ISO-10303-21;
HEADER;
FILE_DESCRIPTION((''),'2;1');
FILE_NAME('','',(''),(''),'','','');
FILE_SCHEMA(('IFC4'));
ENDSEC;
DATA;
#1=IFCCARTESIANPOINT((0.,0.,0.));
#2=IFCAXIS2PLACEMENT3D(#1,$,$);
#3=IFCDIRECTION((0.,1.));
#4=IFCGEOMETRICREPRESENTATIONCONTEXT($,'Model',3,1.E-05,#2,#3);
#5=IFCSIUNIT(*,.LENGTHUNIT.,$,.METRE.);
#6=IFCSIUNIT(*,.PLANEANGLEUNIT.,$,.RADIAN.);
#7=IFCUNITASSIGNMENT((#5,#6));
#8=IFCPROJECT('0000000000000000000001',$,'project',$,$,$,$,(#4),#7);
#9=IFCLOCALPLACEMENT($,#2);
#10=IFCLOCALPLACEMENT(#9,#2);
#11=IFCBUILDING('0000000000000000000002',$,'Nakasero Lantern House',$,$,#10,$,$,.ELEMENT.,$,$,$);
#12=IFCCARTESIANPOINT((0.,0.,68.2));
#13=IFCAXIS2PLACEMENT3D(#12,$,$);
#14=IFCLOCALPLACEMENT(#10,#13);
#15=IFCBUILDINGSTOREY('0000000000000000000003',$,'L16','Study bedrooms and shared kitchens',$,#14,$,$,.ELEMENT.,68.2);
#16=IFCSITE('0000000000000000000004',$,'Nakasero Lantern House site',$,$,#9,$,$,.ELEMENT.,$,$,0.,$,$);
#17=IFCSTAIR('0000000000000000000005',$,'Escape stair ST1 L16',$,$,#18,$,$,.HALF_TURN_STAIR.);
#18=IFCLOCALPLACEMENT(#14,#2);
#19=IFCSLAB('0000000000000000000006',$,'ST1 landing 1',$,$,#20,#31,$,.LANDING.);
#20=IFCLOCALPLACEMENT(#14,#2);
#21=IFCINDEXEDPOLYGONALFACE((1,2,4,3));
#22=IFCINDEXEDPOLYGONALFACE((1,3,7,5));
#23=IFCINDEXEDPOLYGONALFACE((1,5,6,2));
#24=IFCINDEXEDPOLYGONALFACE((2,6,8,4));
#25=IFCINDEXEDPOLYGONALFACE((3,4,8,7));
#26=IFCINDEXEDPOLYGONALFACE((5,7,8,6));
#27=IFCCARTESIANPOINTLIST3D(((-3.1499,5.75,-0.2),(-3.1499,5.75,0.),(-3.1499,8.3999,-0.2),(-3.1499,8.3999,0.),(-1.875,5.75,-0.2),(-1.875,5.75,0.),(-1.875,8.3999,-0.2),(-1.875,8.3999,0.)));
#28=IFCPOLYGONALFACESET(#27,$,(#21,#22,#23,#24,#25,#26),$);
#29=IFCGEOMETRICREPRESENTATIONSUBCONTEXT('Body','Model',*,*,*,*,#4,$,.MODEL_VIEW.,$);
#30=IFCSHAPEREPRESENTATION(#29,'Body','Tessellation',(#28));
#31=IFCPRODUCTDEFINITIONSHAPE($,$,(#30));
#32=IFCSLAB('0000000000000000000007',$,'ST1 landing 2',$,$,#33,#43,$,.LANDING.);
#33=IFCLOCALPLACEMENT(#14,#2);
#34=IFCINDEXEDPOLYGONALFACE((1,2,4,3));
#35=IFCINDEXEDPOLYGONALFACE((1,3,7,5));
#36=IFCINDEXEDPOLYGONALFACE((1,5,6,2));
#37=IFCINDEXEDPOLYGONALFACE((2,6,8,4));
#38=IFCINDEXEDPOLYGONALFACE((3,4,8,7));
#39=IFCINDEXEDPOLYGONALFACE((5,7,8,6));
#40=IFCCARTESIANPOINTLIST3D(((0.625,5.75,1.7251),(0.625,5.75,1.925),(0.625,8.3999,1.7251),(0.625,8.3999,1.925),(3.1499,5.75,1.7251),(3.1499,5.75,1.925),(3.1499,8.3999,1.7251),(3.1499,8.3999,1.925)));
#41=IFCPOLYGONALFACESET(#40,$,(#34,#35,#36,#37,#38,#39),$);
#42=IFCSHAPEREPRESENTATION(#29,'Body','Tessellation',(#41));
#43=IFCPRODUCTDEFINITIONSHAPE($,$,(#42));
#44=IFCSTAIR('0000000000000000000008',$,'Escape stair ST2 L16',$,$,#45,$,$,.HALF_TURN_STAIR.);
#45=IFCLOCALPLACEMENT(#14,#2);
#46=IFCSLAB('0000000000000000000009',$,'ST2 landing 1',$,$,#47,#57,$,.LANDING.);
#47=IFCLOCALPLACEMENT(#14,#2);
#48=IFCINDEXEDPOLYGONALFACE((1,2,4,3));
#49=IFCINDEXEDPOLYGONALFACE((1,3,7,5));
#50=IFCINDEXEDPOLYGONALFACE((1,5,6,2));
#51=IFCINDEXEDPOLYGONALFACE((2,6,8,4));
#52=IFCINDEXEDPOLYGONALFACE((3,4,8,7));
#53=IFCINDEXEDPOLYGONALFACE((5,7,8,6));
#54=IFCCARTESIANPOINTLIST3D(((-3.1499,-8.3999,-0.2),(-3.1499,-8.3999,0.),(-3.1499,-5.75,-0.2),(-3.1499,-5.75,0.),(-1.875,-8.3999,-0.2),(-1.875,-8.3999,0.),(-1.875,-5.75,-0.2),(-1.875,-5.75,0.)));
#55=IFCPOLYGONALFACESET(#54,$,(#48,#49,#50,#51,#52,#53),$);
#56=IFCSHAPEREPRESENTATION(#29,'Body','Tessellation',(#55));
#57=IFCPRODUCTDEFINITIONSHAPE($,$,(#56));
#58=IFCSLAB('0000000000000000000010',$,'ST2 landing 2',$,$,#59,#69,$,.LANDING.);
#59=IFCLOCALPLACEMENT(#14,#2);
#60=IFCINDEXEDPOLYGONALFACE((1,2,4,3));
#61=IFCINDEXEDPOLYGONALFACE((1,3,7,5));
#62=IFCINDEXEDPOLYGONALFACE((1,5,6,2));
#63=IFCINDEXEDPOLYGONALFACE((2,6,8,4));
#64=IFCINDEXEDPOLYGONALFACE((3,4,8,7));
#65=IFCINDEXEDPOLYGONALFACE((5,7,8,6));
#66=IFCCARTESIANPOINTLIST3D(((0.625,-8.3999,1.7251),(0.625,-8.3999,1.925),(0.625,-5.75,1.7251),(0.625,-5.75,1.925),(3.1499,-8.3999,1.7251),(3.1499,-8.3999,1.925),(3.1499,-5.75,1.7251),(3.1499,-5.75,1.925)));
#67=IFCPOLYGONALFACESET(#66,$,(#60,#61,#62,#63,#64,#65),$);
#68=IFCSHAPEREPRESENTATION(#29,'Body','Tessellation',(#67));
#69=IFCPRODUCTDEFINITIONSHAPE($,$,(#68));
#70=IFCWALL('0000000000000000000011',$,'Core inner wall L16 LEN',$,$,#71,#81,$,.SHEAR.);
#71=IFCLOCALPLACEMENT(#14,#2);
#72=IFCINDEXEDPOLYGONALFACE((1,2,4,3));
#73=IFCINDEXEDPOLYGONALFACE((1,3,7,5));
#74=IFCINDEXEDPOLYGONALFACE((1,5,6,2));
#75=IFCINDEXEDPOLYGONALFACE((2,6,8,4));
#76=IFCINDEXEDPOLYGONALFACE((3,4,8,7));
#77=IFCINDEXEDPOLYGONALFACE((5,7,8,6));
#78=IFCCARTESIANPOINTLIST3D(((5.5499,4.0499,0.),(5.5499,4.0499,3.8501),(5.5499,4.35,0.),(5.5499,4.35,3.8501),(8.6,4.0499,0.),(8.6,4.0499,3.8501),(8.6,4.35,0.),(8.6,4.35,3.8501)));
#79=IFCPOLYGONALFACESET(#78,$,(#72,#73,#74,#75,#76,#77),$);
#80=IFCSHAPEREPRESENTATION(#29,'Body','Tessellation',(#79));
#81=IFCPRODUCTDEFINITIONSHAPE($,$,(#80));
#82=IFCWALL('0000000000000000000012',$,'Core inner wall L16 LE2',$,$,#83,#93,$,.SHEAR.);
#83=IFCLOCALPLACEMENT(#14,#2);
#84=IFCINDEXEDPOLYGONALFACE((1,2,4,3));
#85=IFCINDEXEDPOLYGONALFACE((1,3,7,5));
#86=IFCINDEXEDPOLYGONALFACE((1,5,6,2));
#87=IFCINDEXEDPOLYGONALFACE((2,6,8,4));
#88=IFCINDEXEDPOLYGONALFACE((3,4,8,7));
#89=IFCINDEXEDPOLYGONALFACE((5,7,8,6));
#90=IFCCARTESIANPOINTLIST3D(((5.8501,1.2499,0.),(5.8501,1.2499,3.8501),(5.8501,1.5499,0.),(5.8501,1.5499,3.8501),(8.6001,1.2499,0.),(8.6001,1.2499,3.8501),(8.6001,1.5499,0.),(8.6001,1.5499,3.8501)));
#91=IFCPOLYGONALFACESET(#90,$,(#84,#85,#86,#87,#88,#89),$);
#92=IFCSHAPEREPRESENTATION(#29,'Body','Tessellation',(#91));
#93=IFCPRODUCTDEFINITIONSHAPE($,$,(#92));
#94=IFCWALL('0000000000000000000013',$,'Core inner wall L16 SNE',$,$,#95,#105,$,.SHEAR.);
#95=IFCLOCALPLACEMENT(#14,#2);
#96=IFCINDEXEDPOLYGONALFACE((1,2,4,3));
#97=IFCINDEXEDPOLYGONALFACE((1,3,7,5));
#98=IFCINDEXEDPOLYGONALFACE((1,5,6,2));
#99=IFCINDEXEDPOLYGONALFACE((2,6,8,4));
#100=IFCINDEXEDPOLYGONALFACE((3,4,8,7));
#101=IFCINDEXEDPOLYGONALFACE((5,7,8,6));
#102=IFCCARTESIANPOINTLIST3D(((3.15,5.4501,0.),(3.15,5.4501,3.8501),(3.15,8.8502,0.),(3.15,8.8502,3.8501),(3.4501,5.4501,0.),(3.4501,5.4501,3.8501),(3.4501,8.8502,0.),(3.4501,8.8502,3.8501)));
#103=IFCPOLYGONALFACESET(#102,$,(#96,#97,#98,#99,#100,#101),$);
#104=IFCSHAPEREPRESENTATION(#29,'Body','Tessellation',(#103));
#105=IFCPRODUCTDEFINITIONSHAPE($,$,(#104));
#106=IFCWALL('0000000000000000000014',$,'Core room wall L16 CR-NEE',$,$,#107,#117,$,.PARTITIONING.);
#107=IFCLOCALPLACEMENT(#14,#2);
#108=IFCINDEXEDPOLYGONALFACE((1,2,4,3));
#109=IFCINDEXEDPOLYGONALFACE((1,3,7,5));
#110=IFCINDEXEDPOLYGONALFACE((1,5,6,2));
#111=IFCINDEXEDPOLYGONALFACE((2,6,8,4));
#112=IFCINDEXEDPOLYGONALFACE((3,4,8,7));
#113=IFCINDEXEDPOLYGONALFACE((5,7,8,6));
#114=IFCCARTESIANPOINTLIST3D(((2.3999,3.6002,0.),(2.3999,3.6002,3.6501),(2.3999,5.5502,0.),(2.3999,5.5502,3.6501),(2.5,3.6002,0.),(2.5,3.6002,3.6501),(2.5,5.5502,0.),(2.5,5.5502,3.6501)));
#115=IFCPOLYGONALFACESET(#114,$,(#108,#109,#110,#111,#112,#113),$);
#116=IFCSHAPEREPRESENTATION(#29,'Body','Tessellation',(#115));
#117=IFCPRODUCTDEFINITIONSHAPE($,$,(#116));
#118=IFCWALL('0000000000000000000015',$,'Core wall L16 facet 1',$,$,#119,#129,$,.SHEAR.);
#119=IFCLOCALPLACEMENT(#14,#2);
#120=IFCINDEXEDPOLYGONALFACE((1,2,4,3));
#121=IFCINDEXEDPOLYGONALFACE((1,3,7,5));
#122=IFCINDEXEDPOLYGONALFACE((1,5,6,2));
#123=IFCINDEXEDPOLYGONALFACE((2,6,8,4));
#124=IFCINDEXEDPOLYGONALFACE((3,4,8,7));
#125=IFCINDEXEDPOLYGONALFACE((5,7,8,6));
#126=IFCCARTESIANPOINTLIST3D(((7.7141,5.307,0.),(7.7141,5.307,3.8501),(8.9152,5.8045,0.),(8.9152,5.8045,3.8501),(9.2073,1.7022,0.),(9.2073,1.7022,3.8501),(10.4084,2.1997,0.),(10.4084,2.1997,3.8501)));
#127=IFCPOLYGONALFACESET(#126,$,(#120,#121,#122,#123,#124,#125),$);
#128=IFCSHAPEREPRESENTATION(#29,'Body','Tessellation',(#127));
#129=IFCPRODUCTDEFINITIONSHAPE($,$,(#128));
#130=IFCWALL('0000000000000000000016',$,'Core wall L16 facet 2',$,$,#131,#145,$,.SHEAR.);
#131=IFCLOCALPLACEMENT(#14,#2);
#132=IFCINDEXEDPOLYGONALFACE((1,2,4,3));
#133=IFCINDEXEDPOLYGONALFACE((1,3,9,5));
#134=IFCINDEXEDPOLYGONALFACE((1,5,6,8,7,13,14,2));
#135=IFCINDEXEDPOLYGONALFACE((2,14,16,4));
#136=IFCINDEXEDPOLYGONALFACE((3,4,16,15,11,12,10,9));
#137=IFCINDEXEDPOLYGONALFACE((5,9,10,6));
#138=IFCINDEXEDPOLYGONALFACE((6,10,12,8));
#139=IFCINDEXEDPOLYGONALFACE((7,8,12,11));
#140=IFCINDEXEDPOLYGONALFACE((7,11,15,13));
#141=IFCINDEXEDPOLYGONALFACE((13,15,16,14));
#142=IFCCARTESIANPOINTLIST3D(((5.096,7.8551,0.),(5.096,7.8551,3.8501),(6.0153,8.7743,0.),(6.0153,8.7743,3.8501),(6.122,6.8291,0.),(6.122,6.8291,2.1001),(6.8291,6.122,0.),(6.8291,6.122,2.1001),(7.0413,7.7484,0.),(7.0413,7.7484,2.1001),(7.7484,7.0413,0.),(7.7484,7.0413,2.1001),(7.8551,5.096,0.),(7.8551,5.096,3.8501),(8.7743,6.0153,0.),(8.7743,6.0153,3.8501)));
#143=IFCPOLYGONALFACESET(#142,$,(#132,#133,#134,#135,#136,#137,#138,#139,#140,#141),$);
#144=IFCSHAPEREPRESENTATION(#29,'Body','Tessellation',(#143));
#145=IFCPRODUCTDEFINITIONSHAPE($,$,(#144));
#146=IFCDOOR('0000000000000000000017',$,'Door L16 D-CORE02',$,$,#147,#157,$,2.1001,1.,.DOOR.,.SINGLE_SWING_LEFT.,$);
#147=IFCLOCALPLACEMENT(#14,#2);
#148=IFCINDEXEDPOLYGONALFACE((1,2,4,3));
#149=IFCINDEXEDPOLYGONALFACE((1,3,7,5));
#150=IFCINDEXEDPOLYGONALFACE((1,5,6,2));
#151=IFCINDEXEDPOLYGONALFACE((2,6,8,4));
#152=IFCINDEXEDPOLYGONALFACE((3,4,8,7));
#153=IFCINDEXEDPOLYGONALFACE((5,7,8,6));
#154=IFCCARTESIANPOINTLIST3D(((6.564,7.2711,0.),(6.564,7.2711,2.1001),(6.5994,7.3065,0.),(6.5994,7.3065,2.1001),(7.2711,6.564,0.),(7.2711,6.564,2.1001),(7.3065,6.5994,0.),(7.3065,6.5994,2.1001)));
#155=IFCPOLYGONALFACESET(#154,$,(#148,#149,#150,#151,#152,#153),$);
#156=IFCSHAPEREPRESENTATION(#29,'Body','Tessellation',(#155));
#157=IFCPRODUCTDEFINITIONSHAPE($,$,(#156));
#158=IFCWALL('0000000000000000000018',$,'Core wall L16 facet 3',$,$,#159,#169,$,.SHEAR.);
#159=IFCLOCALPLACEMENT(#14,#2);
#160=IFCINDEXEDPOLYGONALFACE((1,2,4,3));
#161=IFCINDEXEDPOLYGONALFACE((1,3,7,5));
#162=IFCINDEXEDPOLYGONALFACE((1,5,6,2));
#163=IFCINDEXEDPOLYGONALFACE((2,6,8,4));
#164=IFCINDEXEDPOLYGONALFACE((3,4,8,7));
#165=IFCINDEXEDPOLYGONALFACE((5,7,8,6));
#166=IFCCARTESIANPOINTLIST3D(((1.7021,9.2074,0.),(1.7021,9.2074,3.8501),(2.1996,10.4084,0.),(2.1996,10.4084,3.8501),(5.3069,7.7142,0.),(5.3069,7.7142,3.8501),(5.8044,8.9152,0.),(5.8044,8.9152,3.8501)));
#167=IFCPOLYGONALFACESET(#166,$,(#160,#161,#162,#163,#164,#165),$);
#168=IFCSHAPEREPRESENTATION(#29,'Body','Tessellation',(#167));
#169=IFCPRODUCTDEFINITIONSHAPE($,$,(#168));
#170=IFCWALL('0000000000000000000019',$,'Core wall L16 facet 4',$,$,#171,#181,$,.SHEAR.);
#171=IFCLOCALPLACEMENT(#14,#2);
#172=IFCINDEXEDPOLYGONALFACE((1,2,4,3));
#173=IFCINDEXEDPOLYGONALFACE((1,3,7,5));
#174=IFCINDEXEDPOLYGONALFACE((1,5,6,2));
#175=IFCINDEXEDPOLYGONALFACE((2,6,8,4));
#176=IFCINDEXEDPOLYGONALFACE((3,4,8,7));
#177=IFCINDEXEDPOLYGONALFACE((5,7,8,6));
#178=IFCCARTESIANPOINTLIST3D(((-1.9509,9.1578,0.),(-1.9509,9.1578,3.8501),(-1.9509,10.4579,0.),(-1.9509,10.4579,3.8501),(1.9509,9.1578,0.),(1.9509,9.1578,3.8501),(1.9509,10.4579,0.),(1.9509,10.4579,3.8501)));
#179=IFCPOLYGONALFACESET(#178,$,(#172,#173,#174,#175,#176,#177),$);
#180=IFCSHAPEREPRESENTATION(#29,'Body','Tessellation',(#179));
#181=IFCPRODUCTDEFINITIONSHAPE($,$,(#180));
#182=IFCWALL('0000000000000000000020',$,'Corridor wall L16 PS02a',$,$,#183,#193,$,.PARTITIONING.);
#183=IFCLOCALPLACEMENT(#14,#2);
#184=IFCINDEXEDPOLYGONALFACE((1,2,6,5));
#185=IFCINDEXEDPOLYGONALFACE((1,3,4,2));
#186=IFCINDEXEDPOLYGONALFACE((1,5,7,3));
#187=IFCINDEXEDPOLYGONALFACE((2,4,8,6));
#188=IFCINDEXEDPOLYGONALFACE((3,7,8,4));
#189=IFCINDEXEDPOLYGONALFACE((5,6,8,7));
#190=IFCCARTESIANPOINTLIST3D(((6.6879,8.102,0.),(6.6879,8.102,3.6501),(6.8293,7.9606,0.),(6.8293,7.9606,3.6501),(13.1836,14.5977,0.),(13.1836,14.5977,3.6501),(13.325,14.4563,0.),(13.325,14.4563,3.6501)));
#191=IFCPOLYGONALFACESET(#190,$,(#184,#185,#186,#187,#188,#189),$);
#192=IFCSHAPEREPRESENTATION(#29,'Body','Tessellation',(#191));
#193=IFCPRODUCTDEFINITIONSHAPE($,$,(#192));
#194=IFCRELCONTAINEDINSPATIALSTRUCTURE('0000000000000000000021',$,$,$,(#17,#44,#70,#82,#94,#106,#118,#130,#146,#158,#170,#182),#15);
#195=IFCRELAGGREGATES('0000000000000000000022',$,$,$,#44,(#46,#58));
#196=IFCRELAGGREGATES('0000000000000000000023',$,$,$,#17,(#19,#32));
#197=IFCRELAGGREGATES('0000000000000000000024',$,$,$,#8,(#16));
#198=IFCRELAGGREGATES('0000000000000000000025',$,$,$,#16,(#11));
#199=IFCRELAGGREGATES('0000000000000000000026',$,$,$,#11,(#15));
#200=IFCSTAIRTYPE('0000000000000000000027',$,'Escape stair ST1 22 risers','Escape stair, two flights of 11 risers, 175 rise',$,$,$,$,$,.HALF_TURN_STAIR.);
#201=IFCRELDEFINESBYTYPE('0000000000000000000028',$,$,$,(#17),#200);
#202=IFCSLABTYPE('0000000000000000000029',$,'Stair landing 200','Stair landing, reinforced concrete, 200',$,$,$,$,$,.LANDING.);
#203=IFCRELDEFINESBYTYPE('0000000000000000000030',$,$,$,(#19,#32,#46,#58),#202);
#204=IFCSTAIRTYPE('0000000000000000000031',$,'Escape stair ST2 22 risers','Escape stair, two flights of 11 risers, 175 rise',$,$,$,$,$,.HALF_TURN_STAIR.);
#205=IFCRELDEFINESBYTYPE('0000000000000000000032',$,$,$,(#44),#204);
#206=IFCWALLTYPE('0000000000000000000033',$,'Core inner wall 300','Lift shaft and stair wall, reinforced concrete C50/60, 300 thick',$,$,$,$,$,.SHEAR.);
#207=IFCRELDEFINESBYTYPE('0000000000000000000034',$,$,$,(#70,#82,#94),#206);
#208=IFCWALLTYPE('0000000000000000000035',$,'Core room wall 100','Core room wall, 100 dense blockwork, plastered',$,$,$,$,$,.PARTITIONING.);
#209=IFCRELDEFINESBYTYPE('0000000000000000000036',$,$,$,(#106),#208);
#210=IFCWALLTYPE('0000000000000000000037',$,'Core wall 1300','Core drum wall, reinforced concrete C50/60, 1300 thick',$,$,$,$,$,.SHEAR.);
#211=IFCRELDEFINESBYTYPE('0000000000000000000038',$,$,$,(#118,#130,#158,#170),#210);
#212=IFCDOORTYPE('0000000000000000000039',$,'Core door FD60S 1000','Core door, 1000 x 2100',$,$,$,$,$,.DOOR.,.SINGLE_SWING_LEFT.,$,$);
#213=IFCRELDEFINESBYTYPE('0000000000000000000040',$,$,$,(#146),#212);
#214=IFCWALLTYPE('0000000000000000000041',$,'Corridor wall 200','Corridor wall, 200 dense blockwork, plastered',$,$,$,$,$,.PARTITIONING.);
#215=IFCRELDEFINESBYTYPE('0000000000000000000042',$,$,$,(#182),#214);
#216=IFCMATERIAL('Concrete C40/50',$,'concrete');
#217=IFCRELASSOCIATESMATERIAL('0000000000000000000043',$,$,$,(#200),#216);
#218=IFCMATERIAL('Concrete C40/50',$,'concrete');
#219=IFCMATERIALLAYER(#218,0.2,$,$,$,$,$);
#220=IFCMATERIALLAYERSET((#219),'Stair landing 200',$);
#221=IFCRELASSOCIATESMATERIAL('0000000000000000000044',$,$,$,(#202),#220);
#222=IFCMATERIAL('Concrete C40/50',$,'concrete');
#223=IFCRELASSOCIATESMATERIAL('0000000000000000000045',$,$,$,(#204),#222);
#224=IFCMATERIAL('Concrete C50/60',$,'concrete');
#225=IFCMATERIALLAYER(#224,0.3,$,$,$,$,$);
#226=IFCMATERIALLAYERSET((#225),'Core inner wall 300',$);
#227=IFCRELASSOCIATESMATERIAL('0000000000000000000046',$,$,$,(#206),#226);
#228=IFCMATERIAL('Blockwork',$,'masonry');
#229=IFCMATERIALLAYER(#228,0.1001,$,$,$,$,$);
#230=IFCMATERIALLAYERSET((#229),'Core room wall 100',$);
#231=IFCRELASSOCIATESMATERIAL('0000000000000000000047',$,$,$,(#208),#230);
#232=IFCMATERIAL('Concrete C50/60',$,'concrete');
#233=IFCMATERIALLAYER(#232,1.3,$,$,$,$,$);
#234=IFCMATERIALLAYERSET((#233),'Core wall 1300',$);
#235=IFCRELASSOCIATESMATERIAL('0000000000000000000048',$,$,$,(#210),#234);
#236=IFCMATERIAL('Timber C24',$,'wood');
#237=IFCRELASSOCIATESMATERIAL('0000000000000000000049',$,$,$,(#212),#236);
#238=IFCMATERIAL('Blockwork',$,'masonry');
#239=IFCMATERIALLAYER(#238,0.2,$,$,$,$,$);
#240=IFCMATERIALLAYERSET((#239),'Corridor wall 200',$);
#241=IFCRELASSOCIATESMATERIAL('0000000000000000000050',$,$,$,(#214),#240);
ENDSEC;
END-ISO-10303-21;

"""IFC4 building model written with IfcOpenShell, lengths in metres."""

from ifc_helpers import new_model, si_unit, direction, frame, frame_2d, origin, place, context, subcontext, project, spatial, polyline, rectangle, outline, extrude, material, layer, layer_set, type_object, element, fill, aggregate, save


model = new_model("IFC4")

# Units and contexts
model_context = context("Model", 3, precision=1e-05, world=origin(), true_north=direction((0.0, 1.0)))
body_context = subcontext(model_context, "Body", "Model", "MODEL_VIEW")
ifc_project = project(units=[si_unit("LENGTHUNIT", "METRE"), si_unit("PLANEANGLEUNIT", "RADIAN")], contexts=[model_context])

# Site, building, storey
site_placement = place(None, origin())
site = spatial("IfcSite", under=ifc_project, at=site_placement, Name="Nakasero Lantern House site", CompositionType="ELEMENT", RefElevation=0.0)
building_placement = place(site_placement, origin())
building = spatial("IfcBuilding", under=site, at=building_placement, Name="Nakasero Lantern House", CompositionType="ELEMENT")
storey_placement = place(building_placement, frame((0.0, 0.0, 68.2)))
storey = spatial("IfcBuildingStorey", under=building, at=storey_placement, Name="L16", Description="Study bedrooms and shared kitchens", CompositionType="ELEMENT", Elevation=68.2)

# Stairs, slabs
ifc_material_1 = material(Name="Concrete C40/50", Category="concrete")
stair_type_1 = type_object("IfcStairType", Name="Escape stair ST1 22 risers", Description="Escape stair, two flights of 11 risers, 175 rise", PredefinedType="HALF_TURN_STAIR", material=ifc_material_1)
stair_1_placement = place(storey_placement, origin())
stair_1 = element("IfcStair", 1, at=stair_1_placement, inside=storey, type_object=stair_type_1, Name="Escape stair ST1 L16", PredefinedType="HALF_TURN_STAIR")
ifc_material_2 = material(Name="Concrete C40/50", Category="concrete")
ifc_layer_1 = layer(ifc_material_2, 0.2)
ifc_layer_set_1 = layer_set([ifc_layer_1], Name="Stair landing 200")
slab_type = type_object("IfcSlabType", Name="Stair landing 200", Description="Stair landing, reinforced concrete, 200", PredefinedType="LANDING", material=ifc_layer_set_1)
slab_1_placement = place(storey_placement, frame((0.0, 0.0, -0.2)))
slab_1 = element("IfcSlab", 2, at=slab_1_placement, type_object=slab_type, Name="ST1 landing 1", PredefinedType="LANDING", context=body_context, shape_type="SweptSolid", body=[
    extrude(outline(polyline([(-3.1499, 5.75), (-1.875, 5.75), (-1.875, 8.3999), (-3.1499, 8.3999), (-3.1499, 5.75)])), origin(), (0.0, 0.0, 1.0), 0.2),
])
slab_2_placement = place(storey_placement, frame((0.0, 0.0, 1.7251)))
slab_2 = element("IfcSlab", 3, at=slab_2_placement, type_object=slab_type, Name="ST1 landing 2", PredefinedType="LANDING", context=body_context, shape_type="SweptSolid", body=[
    extrude(outline(polyline([(0.625, 5.75), (3.1499, 5.75), (3.1499, 8.3999), (0.625, 8.3999), (0.625, 5.75)])), origin(), (0.0, 0.0, 1.0), 0.2),
])
ifc_material_3 = material(Name="Concrete C40/50", Category="concrete")
stair_type_2 = type_object("IfcStairType", Name="Escape stair ST2 22 risers", Description="Escape stair, two flights of 11 risers, 175 rise", PredefinedType="HALF_TURN_STAIR", material=ifc_material_3)
stair_2_placement = place(storey_placement, origin())
stair_2 = element("IfcStair", 4, at=stair_2_placement, inside=storey, type_object=stair_type_2, Name="Escape stair ST2 L16", PredefinedType="HALF_TURN_STAIR")
slab_3_placement = place(storey_placement, frame((0.0, 0.0, -0.2)))
slab_3 = element("IfcSlab", 5, at=slab_3_placement, type_object=slab_type, Name="ST2 landing 1", PredefinedType="LANDING", context=body_context, shape_type="SweptSolid", body=[
    extrude(outline(polyline([(-3.1499, -8.3999), (-1.875, -8.3999), (-1.875, -5.75), (-3.1499, -5.75), (-3.1499, -8.3999)])), origin(), (0.0, 0.0, 1.0), 0.2),
])
slab_4_placement = place(storey_placement, frame((0.0, 0.0, 1.7251)))
slab_4 = element("IfcSlab", 6, at=slab_4_placement, type_object=slab_type, Name="ST2 landing 2", PredefinedType="LANDING", context=body_context, shape_type="SweptSolid", body=[
    extrude(outline(polyline([(0.625, -8.3999), (3.1499, -8.3999), (3.1499, -5.75), (0.625, -5.75), (0.625, -8.3999)])), origin(), (0.0, 0.0, 1.0), 0.2),
])
aggregate(stair_2, [slab_3, slab_4])

# Walls
ifc_material_4 = material(Name="Concrete C50/60", Category="concrete")
ifc_layer_2 = layer(ifc_material_4, 0.3)
ifc_layer_set_2 = layer_set([ifc_layer_2], Name="Core inner wall 300")
wall_type_1 = type_object("IfcWallType", Name="Core inner wall 300", Description="Lift shaft and stair wall, reinforced concrete C50/60, 300 thick", PredefinedType="SHEAR", material=ifc_layer_set_2)
wall_1_placement = place(storey_placement, frame((5.55, 4.2, 0.0), z_axis=(0.0, 0.0, 1.0), x_axis=(1.0, 0.0, 0.0)))
element("IfcWall", 7, at=wall_1_placement, inside=storey, type_object=wall_type_1, Name="Core inner wall L16 LEN", PredefinedType="SHEAR", context=body_context, shape_type="SweptSolid", body=[
    extrude(rectangle(XDim=3.05, YDim=0.3, at=frame_2d((1.5249, 0.0))), origin(), (0.0, 0.0, 1.0), 3.8501),
])
wall_2_placement = place(storey_placement, frame((5.8501, 1.3999, 0.0), z_axis=(0.0, 0.0, 1.0), x_axis=(1.0, 0.0, 0.0)))
element("IfcWall", 8, at=wall_2_placement, inside=storey, type_object=wall_type_1, Name="Core inner wall L16 LE2", PredefinedType="SHEAR", context=body_context, shape_type="SweptSolid", body=[
    extrude(rectangle(XDim=2.75, YDim=0.3, at=frame_2d((1.375, 0.0))), origin(), (0.0, 0.0, 1.0), 3.8501),
])
wall_3_placement = place(storey_placement, frame((3.3, 5.45, 0.0), z_axis=(0.0, 0.0, 1.0), x_axis=(0.0, 1.0, 0.0)))
element("IfcWall", 9, at=wall_3_placement, inside=storey, type_object=wall_type_1, Name="Core inner wall L16 SNE", PredefinedType="SHEAR", context=body_context, shape_type="SweptSolid", body=[
    extrude(rectangle(XDim=3.4001, YDim=0.3, at=frame_2d((1.7002, 0.0))), origin(), (0.0, 0.0, 1.0), 3.8501),
])
ifc_material_5 = material(Name="Blockwork", Category="masonry")
ifc_layer_3 = layer(ifc_material_5, 0.1001)
ifc_layer_set_3 = layer_set([ifc_layer_3], Name="Core room wall 100")
wall_type_2 = type_object("IfcWallType", Name="Core room wall 100", Description="Core room wall, 100 dense blockwork, plastered", PredefinedType="PARTITIONING", material=ifc_layer_set_3)
wall_4_placement = place(storey_placement, frame((2.45, 3.6001, 0.0), z_axis=(0.0, 0.0, 1.0), x_axis=(0.0, 1.0, 0.0)))
element("IfcWall", 10, at=wall_4_placement, inside=storey, type_object=wall_type_2, Name="Core room wall L16 CR-NEE", PredefinedType="PARTITIONING", context=body_context, shape_type="SweptSolid", body=[
    extrude(rectangle(XDim=1.95, YDim=0.1001, at=frame_2d((0.9751, 0.0))), origin(), (0.0, 0.0, 1.0), 3.6501),
])
ifc_material_6 = material(Name="Concrete C50/60", Category="concrete")
ifc_layer_4 = layer(ifc_material_6, 1.3)
ifc_layer_set_4 = layer_set([ifc_layer_4], Name="Core wall 1300")
wall_type_3 = type_object("IfcWallType", Name="Core wall 1300", Description="Core drum wall, reinforced concrete C50/60, 1300 thick", PredefinedType="SHEAR", material=ifc_layer_set_4)
wall_5_placement = place(storey_placement, frame((9.8079, 1.9509, 0.0), z_axis=(0.0, 0.0, 1.0), x_axis=(-0.382691, 0.923877, 0.0)))
element("IfcWall", 11, at=wall_5_placement, inside=storey, type_object=wall_type_3, Name="Core wall L16 facet 1", PredefinedType="SHEAR", context=body_context, shape_type="SweptSolid", body=[
    extrude(rectangle(XDim=3.9019, YDim=1.3, at=frame_2d((1.9509, 0.0))), origin(), (0.0, 0.0, 1.0), 3.8501),
])

# Wall, opening, door
wall_6_placement = place(storey_placement, frame((8.3147, 5.5557, 0.0), z_axis=(0.0, 0.0, 1.0), x_axis=(-0.707107, 0.707107, 0.0)))
wall_6 = element("IfcWall", 12, at=wall_6_placement, inside=storey, type_object=wall_type_3, Name="Core wall L16 facet 2", PredefinedType="SHEAR", context=body_context, shape_type="SweptSolid", body=[
    extrude(rectangle(XDim=3.9019, YDim=1.3, at=frame_2d((1.9509, 0.0))), origin(), (0.0, 0.0, 1.0), 3.8501),
])
opening_1_placement = place(wall_6_placement, frame((1.4509, 0.0, 0.0)))
opening_1 = element("IfcOpeningElement", 13, at=opening_1_placement, cuts=wall_6, PredefinedType="OPENING", context=body_context, shape_type="SweptSolid", body=[
    extrude(rectangle(XDim=1.0, YDim=2.1001, at=frame_2d((0.5, 1.05))), frame((0.0, 0.6699, 0.0), z_axis=(0.0, -1.0, 0.0), x_axis=(1.0, 0.0, 0.0)), (0.0, 0.0, 1.0), 1.3401),
])
ifc_material_7 = material(Name="Timber C24", Category="wood")
door_type_1 = type_object("IfcDoorType", Name="Core door FD60S 1000", Description="Core door, 1000 x 2100", OperationType="SINGLE_SWING_LEFT", PredefinedType="DOOR", material=ifc_material_7)
door_1_placement = place(opening_1_placement, origin())
door_1 = element("IfcDoor", 14, at=door_1_placement, inside=storey, type_object=door_type_1, Name="Door L16 D-CORE02", OperationType="SINGLE_SWING_LEFT", OverallHeight=2.1001, OverallWidth=1.0, PredefinedType="DOOR", context=body_context, shape_type="SweptSolid", body=[
    extrude(rectangle(XDim=1.0, YDim=2.1001, at=frame_2d((0.5, 1.05))), frame((0.0, 0.0249, 0.0), z_axis=(0.0, -1.0, 0.0), x_axis=(1.0, 0.0, 0.0)), (0.0, 0.0, 1.0), 0.05),
])
fill(opening_1, door_1)

# Walls
for number, where, z_axis, x_axis, name in (
    (15, (5.5557, 8.3147, 0.0), (0.0, 0.0, 1.0), (-0.923877, 0.382691, 0.0), "Core wall L16 facet 3"),
    (16, (1.9509, 9.8079, 0.0), (0.0, 0.0, 1.0), (-1.0, 0.0, 0.0), "Core wall L16 facet 4"),
):
    element("IfcWall", number, at=place(storey_placement, frame(where, z_axis=z_axis, x_axis=x_axis)), inside=storey, type_object=wall_type_3, Name=name, PredefinedType="SHEAR", context=body_context, shape_type="SweptSolid", body=[
        extrude(rectangle(XDim=3.9019, YDim=1.3, at=frame_2d((1.9509, 0.0))), origin(), (0.0, 0.0, 1.0), 3.8501),
    ])
ifc_material_8 = material(Name="Blockwork", Category="masonry")
ifc_layer_5 = layer(ifc_material_8, 0.2)
ifc_layer_set_5 = layer_set([ifc_layer_5], Name="Corridor wall 200")
wall_type_4 = type_object("IfcWallType", Name="Corridor wall 200", Description="Corridor wall, 200 dense blockwork, plastered", PredefinedType="PARTITIONING", material=ifc_layer_set_5)
wall_7_placement = place(storey_placement, frame((6.7585, 8.0312, 0.0), z_axis=(0.0, 0.0, 1.0), x_axis=(0.707107, 0.707107, 0.0)))
element("IfcWall", 17, at=wall_7_placement, inside=storey, type_object=wall_type_4, Name="Corridor wall L16 PS02a", PredefinedType="PARTITIONING", context=body_context, shape_type="SweptSolid", body=[
    extrude(rectangle(XDim=9.1863, YDim=0.2, at=frame_2d((4.5933, 0.0))), origin(), (0.0, 0.0, 1.0), 3.6501),
])

aggregate(stair_1, [slab_1, slab_2])

save(model, "model.ifc")
